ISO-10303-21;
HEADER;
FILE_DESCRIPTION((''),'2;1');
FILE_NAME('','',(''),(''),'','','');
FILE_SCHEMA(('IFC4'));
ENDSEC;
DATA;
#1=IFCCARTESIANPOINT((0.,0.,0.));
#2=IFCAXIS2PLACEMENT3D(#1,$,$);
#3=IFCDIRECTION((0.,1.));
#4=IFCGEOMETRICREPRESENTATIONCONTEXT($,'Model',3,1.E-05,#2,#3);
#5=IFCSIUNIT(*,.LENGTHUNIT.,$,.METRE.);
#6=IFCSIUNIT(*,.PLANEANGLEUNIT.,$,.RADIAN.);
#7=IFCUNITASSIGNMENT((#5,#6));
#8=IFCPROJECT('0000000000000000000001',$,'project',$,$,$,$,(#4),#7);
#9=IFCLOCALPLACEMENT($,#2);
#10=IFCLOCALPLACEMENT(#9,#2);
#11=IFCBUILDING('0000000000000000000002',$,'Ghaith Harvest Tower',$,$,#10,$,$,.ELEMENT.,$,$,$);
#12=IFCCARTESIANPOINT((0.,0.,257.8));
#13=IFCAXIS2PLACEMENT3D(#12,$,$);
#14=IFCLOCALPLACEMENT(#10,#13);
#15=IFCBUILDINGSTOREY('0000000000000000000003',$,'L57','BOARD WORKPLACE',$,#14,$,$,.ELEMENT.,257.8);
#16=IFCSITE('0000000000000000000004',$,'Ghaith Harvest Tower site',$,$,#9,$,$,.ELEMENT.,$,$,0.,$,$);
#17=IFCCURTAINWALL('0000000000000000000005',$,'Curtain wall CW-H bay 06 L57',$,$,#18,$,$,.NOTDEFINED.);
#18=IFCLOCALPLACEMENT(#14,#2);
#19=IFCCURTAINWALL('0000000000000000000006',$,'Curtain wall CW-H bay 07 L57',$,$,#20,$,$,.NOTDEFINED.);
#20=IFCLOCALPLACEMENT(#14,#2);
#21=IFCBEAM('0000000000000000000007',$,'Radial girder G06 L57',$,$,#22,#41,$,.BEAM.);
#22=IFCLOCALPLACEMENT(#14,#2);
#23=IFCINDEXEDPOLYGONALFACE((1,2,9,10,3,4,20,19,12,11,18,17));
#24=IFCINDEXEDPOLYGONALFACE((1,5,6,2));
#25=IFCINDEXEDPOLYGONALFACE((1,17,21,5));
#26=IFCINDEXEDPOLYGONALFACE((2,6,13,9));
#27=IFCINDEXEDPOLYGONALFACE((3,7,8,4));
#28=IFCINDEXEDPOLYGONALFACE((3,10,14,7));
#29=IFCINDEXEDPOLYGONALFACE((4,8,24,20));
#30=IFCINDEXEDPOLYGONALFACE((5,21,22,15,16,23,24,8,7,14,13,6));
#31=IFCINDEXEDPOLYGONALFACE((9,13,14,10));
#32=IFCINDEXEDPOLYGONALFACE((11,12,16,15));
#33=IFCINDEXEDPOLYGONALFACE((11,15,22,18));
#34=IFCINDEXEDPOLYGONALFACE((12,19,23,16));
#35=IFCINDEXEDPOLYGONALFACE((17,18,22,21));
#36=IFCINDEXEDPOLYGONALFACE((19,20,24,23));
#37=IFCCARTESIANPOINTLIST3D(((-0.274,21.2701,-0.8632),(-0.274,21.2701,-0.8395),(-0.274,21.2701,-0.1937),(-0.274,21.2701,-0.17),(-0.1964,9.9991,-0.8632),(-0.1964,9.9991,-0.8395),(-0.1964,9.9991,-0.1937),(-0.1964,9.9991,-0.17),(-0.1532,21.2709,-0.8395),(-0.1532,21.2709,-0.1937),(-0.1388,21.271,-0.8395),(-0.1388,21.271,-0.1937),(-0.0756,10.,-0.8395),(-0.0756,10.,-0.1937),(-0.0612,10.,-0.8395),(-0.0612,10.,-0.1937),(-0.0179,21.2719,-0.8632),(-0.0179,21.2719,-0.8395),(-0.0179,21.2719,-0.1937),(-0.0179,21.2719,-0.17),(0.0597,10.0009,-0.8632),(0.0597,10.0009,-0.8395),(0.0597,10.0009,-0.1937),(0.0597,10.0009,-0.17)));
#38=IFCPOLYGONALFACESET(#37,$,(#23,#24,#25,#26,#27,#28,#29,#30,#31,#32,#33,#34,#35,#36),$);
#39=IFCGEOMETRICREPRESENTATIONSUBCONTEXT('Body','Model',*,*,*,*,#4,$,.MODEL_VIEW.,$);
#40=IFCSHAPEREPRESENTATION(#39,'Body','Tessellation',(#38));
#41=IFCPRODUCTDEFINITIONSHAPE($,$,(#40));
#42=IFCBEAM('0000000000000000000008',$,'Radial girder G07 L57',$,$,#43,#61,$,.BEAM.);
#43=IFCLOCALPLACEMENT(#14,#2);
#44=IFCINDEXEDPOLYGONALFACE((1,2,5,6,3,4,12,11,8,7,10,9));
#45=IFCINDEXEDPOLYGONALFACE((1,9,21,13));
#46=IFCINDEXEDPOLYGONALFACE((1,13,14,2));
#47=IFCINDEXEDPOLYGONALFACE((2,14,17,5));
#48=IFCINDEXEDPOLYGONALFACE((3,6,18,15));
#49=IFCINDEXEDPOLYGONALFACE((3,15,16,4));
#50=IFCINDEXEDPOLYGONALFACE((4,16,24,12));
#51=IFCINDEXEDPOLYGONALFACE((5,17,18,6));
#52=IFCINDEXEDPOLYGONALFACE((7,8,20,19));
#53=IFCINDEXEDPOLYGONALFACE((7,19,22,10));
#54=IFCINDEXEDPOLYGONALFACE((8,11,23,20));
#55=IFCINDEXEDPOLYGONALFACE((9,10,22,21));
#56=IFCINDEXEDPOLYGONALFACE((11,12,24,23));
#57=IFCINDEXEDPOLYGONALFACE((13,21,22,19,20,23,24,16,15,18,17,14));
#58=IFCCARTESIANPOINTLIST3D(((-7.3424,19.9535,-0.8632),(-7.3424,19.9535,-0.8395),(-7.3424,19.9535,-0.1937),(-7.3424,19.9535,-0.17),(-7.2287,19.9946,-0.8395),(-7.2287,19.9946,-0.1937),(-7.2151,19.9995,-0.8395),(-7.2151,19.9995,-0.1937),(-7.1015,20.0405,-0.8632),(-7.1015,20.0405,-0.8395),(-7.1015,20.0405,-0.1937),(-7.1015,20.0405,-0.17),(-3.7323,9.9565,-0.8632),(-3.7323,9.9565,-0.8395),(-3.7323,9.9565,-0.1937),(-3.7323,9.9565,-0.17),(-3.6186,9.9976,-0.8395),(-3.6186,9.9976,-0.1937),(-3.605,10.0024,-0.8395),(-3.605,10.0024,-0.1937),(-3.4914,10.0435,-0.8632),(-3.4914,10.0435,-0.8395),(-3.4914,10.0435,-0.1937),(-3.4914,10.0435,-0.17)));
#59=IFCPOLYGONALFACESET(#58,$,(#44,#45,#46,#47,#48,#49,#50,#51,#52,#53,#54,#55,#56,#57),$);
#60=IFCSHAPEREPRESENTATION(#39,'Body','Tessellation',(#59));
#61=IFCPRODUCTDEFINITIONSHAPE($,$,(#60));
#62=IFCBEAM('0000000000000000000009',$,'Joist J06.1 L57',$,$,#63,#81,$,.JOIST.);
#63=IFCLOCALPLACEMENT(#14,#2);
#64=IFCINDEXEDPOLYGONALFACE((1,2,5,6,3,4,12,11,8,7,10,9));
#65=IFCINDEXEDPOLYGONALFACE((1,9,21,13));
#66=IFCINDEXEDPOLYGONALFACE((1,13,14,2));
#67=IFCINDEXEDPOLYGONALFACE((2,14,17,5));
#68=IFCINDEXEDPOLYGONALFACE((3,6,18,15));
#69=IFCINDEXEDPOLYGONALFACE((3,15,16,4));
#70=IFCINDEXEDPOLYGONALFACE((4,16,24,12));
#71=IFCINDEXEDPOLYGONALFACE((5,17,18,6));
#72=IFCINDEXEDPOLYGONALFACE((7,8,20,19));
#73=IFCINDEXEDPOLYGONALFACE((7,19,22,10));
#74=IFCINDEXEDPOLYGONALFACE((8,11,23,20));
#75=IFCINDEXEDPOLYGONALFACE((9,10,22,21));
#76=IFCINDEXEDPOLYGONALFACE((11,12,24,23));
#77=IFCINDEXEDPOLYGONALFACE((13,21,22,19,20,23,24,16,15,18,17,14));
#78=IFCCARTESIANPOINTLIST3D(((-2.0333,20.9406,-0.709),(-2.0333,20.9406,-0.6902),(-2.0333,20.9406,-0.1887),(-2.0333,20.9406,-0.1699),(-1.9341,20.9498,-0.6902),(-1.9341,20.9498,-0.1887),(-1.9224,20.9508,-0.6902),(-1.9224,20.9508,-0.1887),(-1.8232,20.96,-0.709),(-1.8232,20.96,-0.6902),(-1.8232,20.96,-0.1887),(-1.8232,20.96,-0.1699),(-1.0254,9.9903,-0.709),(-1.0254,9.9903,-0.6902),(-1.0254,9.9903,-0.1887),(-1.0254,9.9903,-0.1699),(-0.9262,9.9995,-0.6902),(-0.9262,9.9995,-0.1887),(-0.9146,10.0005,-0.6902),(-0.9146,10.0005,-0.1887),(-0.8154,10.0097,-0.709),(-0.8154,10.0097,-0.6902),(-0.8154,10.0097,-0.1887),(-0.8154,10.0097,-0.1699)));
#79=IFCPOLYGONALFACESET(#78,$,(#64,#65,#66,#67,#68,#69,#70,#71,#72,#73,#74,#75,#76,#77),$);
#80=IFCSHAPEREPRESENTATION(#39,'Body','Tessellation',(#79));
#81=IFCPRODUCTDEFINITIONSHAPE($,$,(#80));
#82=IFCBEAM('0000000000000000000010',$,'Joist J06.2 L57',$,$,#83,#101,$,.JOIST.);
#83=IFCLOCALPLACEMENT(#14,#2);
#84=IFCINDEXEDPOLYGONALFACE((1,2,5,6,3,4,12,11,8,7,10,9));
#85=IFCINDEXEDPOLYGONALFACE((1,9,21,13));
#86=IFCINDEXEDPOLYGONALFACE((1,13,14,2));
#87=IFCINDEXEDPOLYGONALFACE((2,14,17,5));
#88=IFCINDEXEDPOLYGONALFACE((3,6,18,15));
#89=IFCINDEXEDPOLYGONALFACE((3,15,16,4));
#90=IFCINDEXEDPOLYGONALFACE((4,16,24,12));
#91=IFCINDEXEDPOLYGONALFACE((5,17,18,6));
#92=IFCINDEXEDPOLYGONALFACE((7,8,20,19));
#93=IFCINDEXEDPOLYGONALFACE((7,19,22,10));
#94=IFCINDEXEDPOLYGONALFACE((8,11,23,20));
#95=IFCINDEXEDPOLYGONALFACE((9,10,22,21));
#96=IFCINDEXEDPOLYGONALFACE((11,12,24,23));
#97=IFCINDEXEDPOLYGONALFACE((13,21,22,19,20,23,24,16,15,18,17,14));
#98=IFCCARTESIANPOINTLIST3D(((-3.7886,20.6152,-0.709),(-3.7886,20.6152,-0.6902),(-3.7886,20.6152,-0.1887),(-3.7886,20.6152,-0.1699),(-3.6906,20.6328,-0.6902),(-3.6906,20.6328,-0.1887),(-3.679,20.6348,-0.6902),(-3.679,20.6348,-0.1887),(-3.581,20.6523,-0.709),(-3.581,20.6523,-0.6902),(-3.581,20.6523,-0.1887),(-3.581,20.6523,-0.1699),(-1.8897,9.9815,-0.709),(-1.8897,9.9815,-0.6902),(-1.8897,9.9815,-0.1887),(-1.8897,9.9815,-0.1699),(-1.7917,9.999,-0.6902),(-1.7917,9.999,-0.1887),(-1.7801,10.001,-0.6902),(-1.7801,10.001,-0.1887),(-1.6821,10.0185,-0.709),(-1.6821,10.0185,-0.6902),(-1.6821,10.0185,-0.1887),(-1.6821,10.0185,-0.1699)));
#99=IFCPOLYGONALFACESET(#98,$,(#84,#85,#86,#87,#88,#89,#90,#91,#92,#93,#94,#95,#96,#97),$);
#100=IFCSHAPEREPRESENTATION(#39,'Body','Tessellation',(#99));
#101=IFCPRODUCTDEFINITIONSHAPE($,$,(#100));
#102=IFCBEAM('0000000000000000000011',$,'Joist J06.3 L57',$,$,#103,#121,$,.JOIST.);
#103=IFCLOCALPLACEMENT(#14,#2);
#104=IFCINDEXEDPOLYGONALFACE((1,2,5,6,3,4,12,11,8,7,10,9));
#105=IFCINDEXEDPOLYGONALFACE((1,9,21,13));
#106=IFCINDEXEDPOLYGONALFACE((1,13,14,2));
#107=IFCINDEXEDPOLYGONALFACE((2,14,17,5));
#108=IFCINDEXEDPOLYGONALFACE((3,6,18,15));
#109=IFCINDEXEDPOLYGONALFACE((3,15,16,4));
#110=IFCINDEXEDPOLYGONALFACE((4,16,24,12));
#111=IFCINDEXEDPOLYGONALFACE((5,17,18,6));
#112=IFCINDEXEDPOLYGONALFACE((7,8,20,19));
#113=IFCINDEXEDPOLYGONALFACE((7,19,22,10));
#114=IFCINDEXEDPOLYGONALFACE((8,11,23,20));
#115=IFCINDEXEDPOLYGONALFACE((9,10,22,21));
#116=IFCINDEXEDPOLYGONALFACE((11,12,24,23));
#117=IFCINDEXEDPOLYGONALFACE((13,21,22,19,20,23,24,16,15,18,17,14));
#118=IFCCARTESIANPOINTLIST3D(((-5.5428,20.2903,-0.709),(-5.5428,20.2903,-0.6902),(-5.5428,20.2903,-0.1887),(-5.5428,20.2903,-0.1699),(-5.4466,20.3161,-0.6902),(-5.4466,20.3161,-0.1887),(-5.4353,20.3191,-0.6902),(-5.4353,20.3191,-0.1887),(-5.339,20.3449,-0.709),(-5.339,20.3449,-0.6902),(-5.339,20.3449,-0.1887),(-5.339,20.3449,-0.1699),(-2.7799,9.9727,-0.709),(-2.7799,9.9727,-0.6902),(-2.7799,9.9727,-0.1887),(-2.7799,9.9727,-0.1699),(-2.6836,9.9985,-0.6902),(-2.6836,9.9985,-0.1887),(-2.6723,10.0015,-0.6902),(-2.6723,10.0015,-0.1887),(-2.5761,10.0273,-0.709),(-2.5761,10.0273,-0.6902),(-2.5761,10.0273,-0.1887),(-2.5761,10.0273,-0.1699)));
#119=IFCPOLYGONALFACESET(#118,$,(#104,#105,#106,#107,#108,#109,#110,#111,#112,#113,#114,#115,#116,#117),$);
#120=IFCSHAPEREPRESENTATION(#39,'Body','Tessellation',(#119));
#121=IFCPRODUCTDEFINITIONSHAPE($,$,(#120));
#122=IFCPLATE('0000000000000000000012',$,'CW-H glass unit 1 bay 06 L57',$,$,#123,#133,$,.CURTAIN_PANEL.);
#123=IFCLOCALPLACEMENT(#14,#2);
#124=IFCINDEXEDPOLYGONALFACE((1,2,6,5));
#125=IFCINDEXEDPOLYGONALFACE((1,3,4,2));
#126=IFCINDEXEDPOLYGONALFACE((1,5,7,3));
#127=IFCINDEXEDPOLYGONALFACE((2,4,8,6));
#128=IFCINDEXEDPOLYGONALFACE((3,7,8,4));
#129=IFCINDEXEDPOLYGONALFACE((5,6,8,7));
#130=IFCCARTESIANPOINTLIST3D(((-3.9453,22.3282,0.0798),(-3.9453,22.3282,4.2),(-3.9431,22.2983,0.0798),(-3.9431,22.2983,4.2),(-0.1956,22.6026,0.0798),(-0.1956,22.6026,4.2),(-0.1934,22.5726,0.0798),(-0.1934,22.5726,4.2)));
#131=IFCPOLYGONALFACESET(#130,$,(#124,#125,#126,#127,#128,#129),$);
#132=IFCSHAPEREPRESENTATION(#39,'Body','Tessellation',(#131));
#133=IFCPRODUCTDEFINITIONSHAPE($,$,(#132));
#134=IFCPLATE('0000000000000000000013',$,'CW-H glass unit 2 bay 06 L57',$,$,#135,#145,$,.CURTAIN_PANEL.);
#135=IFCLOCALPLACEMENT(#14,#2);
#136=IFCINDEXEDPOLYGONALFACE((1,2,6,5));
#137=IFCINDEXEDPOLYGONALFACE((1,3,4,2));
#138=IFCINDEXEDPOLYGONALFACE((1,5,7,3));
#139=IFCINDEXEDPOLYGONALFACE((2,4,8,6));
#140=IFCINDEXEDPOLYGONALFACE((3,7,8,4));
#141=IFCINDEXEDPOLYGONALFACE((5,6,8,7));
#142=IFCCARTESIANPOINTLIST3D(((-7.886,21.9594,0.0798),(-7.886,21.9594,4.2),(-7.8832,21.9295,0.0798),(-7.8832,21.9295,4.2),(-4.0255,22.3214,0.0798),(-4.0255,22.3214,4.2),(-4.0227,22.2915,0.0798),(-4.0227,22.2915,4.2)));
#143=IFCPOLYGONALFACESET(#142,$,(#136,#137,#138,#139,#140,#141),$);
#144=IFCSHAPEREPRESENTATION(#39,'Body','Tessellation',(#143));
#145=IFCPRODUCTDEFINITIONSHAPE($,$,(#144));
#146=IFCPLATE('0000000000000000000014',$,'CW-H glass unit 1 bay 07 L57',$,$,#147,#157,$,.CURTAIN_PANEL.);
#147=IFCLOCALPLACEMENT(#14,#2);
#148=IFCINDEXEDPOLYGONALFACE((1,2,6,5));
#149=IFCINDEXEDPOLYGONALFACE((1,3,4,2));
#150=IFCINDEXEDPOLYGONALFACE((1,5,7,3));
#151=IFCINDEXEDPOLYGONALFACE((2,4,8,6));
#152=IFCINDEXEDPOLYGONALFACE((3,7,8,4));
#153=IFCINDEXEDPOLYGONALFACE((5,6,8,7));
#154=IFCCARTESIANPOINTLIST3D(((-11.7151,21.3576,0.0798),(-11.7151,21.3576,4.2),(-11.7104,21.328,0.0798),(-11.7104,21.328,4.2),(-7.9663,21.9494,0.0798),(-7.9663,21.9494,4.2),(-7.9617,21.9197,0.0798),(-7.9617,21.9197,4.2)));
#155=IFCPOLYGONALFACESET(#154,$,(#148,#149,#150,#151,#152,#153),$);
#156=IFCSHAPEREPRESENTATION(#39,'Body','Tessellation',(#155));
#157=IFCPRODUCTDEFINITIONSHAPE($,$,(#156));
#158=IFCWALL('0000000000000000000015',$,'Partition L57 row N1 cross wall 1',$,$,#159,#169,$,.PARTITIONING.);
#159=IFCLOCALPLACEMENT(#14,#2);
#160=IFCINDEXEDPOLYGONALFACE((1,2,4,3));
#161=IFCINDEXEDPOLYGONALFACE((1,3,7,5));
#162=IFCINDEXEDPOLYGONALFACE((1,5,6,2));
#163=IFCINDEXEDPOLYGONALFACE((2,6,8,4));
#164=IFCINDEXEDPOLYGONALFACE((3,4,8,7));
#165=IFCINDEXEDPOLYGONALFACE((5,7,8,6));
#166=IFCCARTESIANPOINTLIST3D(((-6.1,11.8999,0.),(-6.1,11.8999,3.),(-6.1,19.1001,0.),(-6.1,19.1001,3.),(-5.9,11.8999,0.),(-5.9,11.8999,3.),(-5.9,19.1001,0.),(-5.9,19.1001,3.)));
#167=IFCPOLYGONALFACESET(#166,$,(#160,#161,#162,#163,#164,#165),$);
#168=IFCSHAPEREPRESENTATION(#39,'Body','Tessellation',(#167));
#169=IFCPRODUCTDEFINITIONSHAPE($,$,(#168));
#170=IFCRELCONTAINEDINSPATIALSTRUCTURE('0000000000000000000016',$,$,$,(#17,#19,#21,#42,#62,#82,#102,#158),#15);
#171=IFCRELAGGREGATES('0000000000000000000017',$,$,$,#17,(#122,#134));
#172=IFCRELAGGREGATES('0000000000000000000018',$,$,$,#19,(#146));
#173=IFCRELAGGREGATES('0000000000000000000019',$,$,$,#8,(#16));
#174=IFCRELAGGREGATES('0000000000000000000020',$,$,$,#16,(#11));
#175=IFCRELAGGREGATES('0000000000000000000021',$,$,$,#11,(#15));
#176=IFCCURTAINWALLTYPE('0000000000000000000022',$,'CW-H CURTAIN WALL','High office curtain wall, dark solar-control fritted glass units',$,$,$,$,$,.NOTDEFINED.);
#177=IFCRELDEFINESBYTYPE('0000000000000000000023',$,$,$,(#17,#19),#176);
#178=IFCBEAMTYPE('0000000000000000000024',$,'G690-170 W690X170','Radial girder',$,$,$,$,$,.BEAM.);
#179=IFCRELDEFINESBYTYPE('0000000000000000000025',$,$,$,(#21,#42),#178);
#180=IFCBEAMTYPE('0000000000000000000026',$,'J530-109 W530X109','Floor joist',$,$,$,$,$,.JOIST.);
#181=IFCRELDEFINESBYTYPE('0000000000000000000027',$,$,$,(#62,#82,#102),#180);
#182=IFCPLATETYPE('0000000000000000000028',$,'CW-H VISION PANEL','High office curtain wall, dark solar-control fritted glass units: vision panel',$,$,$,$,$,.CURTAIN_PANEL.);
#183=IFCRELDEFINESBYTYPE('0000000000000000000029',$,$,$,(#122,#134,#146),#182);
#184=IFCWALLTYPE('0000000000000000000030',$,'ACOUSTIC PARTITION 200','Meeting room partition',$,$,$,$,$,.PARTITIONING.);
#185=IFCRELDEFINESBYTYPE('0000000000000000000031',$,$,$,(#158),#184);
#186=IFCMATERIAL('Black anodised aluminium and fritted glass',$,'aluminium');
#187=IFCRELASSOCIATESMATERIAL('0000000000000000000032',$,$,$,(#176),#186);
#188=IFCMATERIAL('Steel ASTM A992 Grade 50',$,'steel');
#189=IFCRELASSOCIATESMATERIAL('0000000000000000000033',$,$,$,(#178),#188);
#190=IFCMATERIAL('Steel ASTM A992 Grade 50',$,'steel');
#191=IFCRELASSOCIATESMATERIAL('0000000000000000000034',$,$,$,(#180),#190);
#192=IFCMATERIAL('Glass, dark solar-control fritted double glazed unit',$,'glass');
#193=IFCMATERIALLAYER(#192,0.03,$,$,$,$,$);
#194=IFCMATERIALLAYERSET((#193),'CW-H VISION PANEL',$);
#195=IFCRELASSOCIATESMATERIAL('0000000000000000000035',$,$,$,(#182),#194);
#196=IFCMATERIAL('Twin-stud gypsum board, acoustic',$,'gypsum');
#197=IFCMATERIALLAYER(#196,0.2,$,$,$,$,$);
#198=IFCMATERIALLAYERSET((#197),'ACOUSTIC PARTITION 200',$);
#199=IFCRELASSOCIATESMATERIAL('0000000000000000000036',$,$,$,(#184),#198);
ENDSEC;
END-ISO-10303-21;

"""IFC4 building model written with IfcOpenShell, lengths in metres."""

from ifc_helpers import new_model, si_unit, direction, frame, frame_2d, origin, origin_2d, place, context, subcontext, project, spatial, rectangle, i_section, extrude, material, layer, layer_set, material_profile, profile_set, type_object, element, aggregate, save


model = new_model("IFC4")

# Units and contexts
model_context = context("Model", 3, precision=1e-05, world=origin(), true_north=direction((0.0, 1.0)))
body_context = subcontext(model_context, "Body", "Model", "MODEL_VIEW")
ifc_project = project(units=[si_unit("LENGTHUNIT", "METRE"), si_unit("PLANEANGLEUNIT", "RADIAN")], contexts=[model_context])

# Site, building, storey
site_placement = place(None, origin())
site = spatial("IfcSite", under=ifc_project, at=site_placement, Name="Ghaith Harvest Tower site", CompositionType="ELEMENT", RefElevation=0.0)
building_placement = place(site_placement, origin())
building = spatial("IfcBuilding", under=site, at=building_placement, Name="Ghaith Harvest Tower", CompositionType="ELEMENT")
storey_placement = place(building_placement, frame((0.0, 0.0, 257.8)))
storey = spatial("IfcBuildingStorey", under=building, at=storey_placement, Name="L57", Description="BOARD WORKPLACE", CompositionType="ELEMENT", Elevation=257.8)

# Curtain walls
ifc_material_1 = material(Name="Black anodised aluminium and fritted glass", Category="aluminium")
curtain_wall_type = type_object("IfcCurtainWallType", Name="CW-H CURTAIN WALL", Description="High office curtain wall, dark solar-control fritted glass units", PredefinedType="NOTDEFINED", material=ifc_material_1)
curtain_wall_1_placement = place(storey_placement, origin())
curtain_wall_1 = element("IfcCurtainWall", 1, at=curtain_wall_1_placement, inside=storey, type_object=curtain_wall_type, Name="Curtain wall CW-H bay 06 L57", PredefinedType="NOTDEFINED")
curtain_wall_2_placement = place(storey_placement, origin())
curtain_wall_2 = element("IfcCurtainWall", 2, at=curtain_wall_2_placement, inside=storey, type_object=curtain_wall_type, Name="Curtain wall CW-H bay 07 L57", PredefinedType="NOTDEFINED")

# Beams
ifc_material_2 = material(Name="Steel ASTM A992 Grade 50", Category="steel")
ifc_material_profile_1 = material_profile(ifc_material_2, i_section(OverallWidth=0.2561, OverallDepth=0.6931, WebThickness=0.0144, FlangeThickness=0.0237, at=origin_2d()), Name="W690X170")
ifc_profile_set_1 = profile_set([ifc_material_profile_1], Name="Steel ASTM A992 Grade 50")
beam_type_1 = type_object("IfcBeamType", Name="G690-170 W690X170", Description="Radial girder", PredefinedType="BEAM", material=ifc_profile_set_1)
beam_1_placement = place(storey_placement, frame((-0.0684, 10.0, -0.5166), z_axis=(-0.006888, 0.999976, 0.0), x_axis=(-0.999976, -0.006888, 0.0)))
element("IfcBeam", 3, at=beam_1_placement, inside=storey, type_object=beam_type_1, Name="Radial girder G06 L57", PredefinedType="BEAM", context=body_context, shape_type="SweptSolid", body=[
    extrude(i_section(OverallWidth=0.2561, OverallDepth=0.6931, WebThickness=0.0144, FlangeThickness=0.0237, at=origin_2d()), origin(), (0.0, 0.0, 1.0), 11.2712),
])
beam_2_placement = place(storey_placement, frame((-3.6118, 10.0, -0.5166), z_axis=(-0.339649, 0.940552, 0.0), x_axis=(-0.940552, -0.339649, 0.0)))
element("IfcBeam", 4, at=beam_2_placement, inside=storey, type_object=beam_type_1, Name="Radial girder G07 L57", PredefinedType="BEAM", context=body_context, shape_type="SweptSolid", body=[
    extrude(i_section(OverallWidth=0.2561, OverallDepth=0.6931, WebThickness=0.0144, FlangeThickness=0.0237, at=origin_2d()), origin(), (0.0, 0.0, 1.0), 10.6289),
])
ifc_material_3 = material(Name="Steel ASTM A992 Grade 50", Category="steel")
ifc_material_profile_2 = material_profile(ifc_material_3, i_section(OverallWidth=0.2109, OverallDepth=0.5391, WebThickness=0.0117, FlangeThickness=0.0188, at=origin_2d()), Name="W530X109")
ifc_profile_set_2 = profile_set([ifc_material_profile_2], Name="Steel ASTM A992 Grade 50")
beam_type_2 = type_object("IfcBeamType", Name="J530-109 W530X109", Description="Floor joist", PredefinedType="JOIST", material=ifc_profile_set_2)
beam_3_placement = place(storey_placement, frame((-0.9204, 10.0, -0.4395), z_axis=(-0.091649, 0.995791, 0.0), x_axis=(-0.995791, -0.091649, 0.0)))
element("IfcBeam", 5, at=beam_3_placement, inside=storey, type_object=beam_type_2, Name="Joist J06.1 L57", PredefinedType="JOIST", context=body_context, shape_type="SweptSolid", body=[
    extrude(i_section(OverallWidth=0.2109, OverallDepth=0.5391, WebThickness=0.0117, FlangeThickness=0.0188, at=origin_2d()), origin(), (0.0, 0.0, 1.0), 10.9966),
])
beam_4_placement = place(storey_placement, frame((-1.7859, 10.0, -0.4395), z_axis=(-0.175794, 0.984427, 0.0), x_axis=(-0.984427, -0.175794, 0.0)))
element("IfcBeam", 6, at=beam_4_placement, inside=storey, type_object=beam_type_2, Name="Joist J06.2 L57", PredefinedType="JOIST", context=body_context, shape_type="SweptSolid", body=[
    extrude(i_section(OverallWidth=0.2109, OverallDepth=0.5391, WebThickness=0.0117, FlangeThickness=0.0188, at=origin_2d()), origin(), (0.0, 0.0, 1.0), 10.802),
])
beam_5_placement = place(storey_placement, frame((-2.678, 10.0, -0.4395), z_axis=(-0.258674, 0.965965, 0.0), x_axis=(-0.965965, -0.258674, 0.0)))
element("IfcBeam", 7, at=beam_5_placement, inside=storey, type_object=beam_type_2, Name="Joist J06.3 L57", PredefinedType="JOIST", context=body_context, shape_type="SweptSolid", body=[
    extrude(i_section(OverallWidth=0.2109, OverallDepth=0.5391, WebThickness=0.0117, FlangeThickness=0.0188, at=origin_2d()), origin(), (0.0, 0.0, 1.0), 10.6812),
])

# Plates
ifc_material_4 = material(Name="Glass, dark solar-control fritted double glazed unit", Category="glass")
ifc_layer_1 = layer(ifc_material_4, 0.03)
ifc_layer_set_1 = layer_set([ifc_layer_1], Name="CW-H VISION PANEL")
plate_type = type_object("IfcPlateType", Name="CW-H VISION PANEL", Description="High office curtain wall, dark solar-control fritted glass units: vision panel", PredefinedType="CURTAIN_PANEL", material=ifc_layer_set_1)
plate_1_placement = place(storey_placement, frame((-2.0693, 22.4504, 0.0798), z_axis=(0.0, 0.0, 1.0), x_axis=(-0.997334, -0.072966, 0.0)))
plate_1 = element("IfcPlate", 8, at=plate_1_placement, type_object=plate_type, Name="CW-H glass unit 1 bay 06 L57", PredefinedType="CURTAIN_PANEL", context=body_context, shape_type="SweptSolid", body=[
    extrude(rectangle(XDim=3.7598, YDim=0.03, at=origin_2d()), origin(), (0.0, 0.0, 1.0), 4.1201),
])
plate_2_placement = place(storey_placement, frame((-5.9543, 22.1255, 0.0798), z_axis=(0.0, 0.0, 1.0), x_axis=(-0.995632, -0.093365, 0.0)))
plate_2 = element("IfcPlate", 9, at=plate_2_placement, type_object=plate_type, Name="CW-H glass unit 2 bay 06 L57", PredefinedType="CURTAIN_PANEL", context=body_context, shape_type="SweptSolid", body=[
    extrude(rectangle(XDim=3.8774, YDim=0.03, at=origin_2d()), origin(), (0.0, 0.0, 1.0), 4.1201),
])
aggregate(curtain_wall_1, [plate_1, plate_2])
plate_3_placement = place(storey_placement, frame((-9.8384, 21.6387, 0.0798), z_axis=(0.0, 0.0, 1.0), x_axis=(-0.98777, -0.155916, 0.0)))
plate_3 = element("IfcPlate", 10, at=plate_3_placement, type_object=plate_type, Name="CW-H glass unit 1 bay 07 L57", PredefinedType="CURTAIN_PANEL", context=body_context, shape_type="SweptSolid", body=[
    extrude(rectangle(XDim=3.7952, YDim=0.03, at=origin_2d()), origin(), (0.0, 0.0, 1.0), 4.1201),
])
aggregate(curtain_wall_2, [plate_3])

# Wall
ifc_material_5 = material(Name="Twin-stud gypsum board, acoustic", Category="gypsum")
ifc_layer_2 = layer(ifc_material_5, 0.2)
ifc_layer_set_2 = layer_set([ifc_layer_2], Name="ACOUSTIC PARTITION 200")
wall_type_1 = type_object("IfcWallType", Name="ACOUSTIC PARTITION 200", Description="Meeting room partition", PredefinedType="PARTITIONING", material=ifc_layer_set_2)
wall_1_placement = place(storey_placement, frame((-6.0, 11.8999, 0.0), z_axis=(0.0, 0.0, 1.0), x_axis=(0.0, 1.0, 0.0)))
element("IfcWall", 11, at=wall_1_placement, inside=storey, type_object=wall_type_1, Name="Partition L57 row N1 cross wall 1", PredefinedType="PARTITIONING", context=body_context, shape_type="SweptSolid", body=[
    extrude(rectangle(XDim=7.2002, YDim=0.2, at=frame_2d((3.6001, 0.0))), origin(), (0.0, 0.0, 1.0), 3.0),
])

save(model, "model.ifc")
